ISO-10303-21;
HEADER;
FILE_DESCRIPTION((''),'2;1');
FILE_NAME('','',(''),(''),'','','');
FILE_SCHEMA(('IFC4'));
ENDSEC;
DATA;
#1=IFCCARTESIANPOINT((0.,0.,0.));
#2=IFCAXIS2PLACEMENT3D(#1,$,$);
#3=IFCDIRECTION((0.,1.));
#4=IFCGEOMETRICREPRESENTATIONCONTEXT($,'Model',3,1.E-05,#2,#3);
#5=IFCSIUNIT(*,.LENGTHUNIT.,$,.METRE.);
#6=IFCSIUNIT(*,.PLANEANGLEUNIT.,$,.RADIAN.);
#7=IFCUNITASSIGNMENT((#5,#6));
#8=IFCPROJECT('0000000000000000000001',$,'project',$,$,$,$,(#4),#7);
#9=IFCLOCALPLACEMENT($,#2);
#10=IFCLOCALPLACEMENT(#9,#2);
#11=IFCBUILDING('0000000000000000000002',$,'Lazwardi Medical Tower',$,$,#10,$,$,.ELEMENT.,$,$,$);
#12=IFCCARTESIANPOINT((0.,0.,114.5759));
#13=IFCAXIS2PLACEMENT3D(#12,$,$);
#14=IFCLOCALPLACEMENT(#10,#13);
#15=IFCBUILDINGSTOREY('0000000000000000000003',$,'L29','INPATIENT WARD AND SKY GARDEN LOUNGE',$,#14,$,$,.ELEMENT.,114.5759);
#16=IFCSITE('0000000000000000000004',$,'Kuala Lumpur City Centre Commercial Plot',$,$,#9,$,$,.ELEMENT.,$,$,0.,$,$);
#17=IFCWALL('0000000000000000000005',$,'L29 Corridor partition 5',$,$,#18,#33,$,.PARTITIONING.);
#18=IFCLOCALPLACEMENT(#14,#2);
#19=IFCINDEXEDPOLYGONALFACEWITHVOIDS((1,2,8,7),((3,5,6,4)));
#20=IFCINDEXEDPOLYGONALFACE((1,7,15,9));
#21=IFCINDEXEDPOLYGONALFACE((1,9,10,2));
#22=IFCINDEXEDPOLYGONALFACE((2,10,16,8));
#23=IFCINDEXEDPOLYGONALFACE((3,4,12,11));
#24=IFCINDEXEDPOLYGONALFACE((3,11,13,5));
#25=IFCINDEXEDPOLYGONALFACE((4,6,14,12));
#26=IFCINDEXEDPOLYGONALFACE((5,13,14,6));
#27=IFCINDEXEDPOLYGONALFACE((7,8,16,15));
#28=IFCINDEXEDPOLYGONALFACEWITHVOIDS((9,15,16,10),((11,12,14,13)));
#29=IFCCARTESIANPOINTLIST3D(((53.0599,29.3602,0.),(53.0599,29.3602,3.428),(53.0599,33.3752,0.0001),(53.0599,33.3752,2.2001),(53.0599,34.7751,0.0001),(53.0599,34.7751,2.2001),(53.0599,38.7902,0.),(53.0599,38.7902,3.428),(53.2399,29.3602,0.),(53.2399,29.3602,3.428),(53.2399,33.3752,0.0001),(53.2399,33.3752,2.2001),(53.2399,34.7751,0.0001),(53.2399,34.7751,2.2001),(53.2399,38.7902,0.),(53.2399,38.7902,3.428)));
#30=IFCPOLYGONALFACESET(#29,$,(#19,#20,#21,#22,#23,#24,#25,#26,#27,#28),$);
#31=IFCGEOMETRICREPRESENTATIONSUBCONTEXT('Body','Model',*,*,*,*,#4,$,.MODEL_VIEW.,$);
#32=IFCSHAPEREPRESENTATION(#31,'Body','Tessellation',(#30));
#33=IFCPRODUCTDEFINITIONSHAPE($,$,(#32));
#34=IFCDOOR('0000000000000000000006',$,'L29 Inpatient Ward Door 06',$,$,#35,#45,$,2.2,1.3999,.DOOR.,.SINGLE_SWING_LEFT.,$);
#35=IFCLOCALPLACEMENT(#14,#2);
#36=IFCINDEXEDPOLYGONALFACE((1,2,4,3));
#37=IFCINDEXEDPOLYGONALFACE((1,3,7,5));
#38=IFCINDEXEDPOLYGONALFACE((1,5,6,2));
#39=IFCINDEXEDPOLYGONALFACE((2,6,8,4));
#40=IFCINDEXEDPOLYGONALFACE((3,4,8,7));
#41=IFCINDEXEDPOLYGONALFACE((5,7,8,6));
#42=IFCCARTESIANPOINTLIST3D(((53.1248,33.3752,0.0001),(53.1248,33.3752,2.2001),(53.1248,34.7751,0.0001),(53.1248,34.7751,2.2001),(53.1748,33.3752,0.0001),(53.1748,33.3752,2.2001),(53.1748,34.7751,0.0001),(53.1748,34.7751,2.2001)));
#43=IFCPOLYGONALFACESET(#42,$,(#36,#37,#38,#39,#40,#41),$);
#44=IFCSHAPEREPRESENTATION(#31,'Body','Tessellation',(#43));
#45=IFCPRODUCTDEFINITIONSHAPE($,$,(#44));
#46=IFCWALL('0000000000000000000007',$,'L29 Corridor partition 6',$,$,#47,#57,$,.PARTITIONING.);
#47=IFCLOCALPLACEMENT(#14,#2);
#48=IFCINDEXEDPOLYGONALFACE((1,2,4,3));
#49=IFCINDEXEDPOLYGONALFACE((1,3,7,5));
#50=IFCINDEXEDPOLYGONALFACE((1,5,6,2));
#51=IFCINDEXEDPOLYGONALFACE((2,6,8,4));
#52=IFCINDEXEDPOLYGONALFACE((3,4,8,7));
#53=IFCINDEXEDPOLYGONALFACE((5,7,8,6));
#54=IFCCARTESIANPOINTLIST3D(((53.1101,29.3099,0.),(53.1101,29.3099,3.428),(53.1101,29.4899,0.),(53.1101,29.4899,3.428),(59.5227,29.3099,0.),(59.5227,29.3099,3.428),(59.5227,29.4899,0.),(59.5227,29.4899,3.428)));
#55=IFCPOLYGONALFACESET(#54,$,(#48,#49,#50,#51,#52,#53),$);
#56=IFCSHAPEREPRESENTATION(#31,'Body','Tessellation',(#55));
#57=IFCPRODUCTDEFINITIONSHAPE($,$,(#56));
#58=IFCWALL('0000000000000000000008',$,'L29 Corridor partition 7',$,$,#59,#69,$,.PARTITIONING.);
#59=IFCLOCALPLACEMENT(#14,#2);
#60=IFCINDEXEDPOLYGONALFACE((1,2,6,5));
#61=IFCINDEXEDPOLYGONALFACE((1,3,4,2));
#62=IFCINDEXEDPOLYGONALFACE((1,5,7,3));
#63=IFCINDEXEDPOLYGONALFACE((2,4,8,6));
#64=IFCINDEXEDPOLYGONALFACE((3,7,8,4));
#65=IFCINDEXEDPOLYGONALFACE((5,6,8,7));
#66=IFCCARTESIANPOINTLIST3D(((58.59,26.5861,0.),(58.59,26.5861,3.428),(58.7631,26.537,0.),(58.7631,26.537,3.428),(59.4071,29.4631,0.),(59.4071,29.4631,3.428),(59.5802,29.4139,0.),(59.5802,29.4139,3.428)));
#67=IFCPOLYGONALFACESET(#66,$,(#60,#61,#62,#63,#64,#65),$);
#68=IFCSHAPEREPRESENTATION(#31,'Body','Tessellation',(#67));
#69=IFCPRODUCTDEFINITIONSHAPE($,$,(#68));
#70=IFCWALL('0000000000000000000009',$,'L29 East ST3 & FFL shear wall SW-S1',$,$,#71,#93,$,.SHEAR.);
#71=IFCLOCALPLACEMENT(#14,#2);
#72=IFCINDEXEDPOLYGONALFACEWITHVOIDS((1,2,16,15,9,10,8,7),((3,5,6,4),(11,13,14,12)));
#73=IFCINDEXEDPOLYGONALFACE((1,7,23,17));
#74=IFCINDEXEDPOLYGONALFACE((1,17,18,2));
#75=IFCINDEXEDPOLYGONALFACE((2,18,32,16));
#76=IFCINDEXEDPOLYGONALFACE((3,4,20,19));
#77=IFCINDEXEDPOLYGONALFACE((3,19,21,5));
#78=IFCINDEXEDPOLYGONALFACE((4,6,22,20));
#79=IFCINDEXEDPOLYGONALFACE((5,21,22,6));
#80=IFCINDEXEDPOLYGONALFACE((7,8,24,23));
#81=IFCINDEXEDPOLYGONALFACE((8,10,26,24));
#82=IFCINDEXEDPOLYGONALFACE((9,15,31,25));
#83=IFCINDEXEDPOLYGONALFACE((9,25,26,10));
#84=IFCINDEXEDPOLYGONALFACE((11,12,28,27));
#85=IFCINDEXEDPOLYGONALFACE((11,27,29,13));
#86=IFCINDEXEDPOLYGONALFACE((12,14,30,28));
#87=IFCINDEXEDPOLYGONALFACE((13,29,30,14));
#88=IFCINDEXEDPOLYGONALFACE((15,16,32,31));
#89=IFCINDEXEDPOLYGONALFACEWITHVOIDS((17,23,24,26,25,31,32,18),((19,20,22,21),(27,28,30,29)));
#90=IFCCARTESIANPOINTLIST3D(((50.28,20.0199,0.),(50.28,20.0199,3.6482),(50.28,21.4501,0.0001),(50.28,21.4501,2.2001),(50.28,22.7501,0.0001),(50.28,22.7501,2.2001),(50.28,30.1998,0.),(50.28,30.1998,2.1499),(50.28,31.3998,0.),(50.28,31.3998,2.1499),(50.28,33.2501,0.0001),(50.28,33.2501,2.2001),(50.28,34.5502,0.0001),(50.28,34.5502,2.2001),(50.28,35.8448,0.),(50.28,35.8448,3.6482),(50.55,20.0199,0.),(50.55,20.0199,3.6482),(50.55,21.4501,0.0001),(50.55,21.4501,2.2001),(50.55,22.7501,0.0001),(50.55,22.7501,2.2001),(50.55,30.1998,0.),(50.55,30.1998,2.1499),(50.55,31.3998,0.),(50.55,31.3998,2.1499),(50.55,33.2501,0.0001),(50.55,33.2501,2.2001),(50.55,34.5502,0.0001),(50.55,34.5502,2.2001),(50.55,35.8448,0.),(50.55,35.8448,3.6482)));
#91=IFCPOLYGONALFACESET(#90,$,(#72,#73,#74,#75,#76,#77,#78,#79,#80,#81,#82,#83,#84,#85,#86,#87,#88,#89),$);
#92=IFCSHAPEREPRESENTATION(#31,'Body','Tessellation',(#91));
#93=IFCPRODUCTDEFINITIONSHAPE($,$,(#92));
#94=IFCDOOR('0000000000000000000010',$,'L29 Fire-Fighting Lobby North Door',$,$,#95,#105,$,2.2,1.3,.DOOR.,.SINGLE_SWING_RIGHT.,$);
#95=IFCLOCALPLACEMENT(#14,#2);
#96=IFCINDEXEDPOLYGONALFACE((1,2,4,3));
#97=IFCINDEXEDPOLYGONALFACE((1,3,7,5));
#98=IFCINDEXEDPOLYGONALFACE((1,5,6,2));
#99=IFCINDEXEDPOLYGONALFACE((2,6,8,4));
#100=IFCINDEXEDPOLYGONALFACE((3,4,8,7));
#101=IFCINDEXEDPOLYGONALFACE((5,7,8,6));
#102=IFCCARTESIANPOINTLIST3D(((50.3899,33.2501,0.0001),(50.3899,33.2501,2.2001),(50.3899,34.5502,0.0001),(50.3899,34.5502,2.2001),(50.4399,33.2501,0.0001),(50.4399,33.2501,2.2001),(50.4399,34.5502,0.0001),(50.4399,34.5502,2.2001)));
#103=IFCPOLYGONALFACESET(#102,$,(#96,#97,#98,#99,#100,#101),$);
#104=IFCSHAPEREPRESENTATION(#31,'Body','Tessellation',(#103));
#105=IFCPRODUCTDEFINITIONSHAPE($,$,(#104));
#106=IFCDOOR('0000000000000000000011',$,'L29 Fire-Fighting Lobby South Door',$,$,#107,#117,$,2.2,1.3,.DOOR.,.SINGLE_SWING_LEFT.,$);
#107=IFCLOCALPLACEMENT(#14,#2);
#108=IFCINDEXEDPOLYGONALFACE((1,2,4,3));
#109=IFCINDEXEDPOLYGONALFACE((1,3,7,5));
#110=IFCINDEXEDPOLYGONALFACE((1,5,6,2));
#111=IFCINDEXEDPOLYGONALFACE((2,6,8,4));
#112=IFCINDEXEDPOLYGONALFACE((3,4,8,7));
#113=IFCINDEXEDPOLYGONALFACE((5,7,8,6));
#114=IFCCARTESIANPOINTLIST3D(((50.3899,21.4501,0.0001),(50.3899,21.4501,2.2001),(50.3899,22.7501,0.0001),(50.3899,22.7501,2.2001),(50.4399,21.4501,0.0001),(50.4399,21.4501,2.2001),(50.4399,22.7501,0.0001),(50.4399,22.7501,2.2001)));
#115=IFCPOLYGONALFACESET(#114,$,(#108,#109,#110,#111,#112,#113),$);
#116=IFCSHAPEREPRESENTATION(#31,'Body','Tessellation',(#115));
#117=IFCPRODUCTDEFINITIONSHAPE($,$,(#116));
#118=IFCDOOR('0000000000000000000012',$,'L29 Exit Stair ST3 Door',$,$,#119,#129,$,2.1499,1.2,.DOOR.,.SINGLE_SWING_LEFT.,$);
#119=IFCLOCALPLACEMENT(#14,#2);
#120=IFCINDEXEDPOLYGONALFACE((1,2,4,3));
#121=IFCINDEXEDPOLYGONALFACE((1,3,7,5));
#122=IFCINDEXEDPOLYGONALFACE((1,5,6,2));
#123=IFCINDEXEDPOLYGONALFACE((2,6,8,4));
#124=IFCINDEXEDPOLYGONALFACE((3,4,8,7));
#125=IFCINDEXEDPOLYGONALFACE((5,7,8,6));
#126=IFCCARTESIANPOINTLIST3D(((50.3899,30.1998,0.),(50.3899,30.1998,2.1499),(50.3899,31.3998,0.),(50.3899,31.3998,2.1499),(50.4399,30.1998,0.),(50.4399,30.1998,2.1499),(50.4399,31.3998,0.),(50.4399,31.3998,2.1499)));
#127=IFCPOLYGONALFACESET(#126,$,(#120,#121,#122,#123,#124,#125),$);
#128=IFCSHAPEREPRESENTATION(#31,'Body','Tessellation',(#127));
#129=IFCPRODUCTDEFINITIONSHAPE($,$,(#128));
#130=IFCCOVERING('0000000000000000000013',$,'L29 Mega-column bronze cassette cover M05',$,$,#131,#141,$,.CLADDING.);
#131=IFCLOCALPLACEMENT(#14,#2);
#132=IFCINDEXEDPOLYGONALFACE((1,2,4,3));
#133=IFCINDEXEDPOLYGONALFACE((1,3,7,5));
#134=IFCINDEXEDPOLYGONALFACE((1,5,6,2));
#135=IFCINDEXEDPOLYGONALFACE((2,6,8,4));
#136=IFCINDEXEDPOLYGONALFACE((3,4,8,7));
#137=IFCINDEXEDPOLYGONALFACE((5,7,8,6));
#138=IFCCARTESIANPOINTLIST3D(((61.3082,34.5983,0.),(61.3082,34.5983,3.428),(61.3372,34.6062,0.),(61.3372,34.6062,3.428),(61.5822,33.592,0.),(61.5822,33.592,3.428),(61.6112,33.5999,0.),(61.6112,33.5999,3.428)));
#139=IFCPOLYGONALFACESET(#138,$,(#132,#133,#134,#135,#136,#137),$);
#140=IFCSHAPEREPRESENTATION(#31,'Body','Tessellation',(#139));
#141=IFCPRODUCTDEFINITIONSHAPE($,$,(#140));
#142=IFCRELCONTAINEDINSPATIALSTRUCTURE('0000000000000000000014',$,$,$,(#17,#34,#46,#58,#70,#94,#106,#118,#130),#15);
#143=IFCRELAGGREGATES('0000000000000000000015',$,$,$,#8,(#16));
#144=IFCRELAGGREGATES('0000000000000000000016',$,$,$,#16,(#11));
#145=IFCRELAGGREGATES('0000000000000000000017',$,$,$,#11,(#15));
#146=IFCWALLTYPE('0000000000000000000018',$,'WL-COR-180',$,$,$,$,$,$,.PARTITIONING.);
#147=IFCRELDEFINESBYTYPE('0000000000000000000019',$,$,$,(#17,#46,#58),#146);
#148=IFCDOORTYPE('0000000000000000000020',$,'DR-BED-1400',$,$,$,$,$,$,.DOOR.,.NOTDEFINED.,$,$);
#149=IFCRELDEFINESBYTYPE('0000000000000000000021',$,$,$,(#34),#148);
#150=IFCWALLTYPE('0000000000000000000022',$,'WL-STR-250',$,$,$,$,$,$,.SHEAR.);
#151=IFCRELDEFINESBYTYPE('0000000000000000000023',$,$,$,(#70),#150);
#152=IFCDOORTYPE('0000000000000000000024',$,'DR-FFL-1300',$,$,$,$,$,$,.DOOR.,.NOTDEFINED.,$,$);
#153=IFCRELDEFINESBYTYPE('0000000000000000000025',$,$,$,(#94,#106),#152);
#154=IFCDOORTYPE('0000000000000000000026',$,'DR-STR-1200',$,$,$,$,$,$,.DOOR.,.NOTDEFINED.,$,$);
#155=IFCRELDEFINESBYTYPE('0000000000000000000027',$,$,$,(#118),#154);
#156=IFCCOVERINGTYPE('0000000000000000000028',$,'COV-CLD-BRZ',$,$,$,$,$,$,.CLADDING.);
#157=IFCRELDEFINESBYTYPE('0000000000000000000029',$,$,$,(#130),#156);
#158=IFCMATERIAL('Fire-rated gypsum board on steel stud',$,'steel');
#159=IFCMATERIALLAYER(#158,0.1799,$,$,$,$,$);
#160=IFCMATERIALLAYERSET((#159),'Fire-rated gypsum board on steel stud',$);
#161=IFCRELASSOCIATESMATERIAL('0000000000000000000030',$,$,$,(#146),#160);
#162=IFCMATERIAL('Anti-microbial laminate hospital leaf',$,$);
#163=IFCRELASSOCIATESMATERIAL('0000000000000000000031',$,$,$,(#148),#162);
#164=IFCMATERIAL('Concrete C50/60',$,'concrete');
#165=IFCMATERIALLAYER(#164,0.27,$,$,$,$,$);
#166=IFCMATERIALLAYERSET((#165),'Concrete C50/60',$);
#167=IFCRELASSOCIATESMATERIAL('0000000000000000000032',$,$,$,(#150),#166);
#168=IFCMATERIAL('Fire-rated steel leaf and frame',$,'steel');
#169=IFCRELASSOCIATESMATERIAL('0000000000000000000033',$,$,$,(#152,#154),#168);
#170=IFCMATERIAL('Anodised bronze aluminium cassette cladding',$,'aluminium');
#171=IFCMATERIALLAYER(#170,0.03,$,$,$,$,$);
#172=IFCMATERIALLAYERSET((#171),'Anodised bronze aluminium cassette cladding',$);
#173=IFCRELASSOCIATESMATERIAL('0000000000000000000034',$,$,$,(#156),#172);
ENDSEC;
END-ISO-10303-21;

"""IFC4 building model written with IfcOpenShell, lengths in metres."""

from ifc_helpers import new_model, si_unit, direction, frame, frame_2d, origin, origin_2d, place, context, subcontext, project, spatial, rectangle, extrude, material, layer, layer_set, type_object, element, fill, save


model = new_model("IFC4")

# Units and contexts
model_context = context("Model", 3, precision=1e-05, world=origin(), true_north=direction((0.0, 1.0)))
body_context = subcontext(model_context, "Body", "Model", "MODEL_VIEW")
ifc_project = project(units=[si_unit("LENGTHUNIT", "METRE"), si_unit("PLANEANGLEUNIT", "RADIAN")], contexts=[model_context])

# Site, building, storey
site_placement = place(None, origin())
site = spatial("IfcSite", under=ifc_project, at=site_placement, Name="Kuala Lumpur City Centre Commercial Plot", CompositionType="ELEMENT", RefElevation=0.0)
building_placement = place(site_placement, origin())
building = spatial("IfcBuilding", under=site, at=building_placement, Name="Lazwardi Medical Tower", CompositionType="ELEMENT")
storey_placement = place(building_placement, frame((0.0, 0.0, 114.5759)))
storey = spatial("IfcBuildingStorey", under=building, at=storey_placement, Name="L29", Description="INPATIENT WARD AND SKY GARDEN LOUNGE", CompositionType="ELEMENT", Elevation=114.5759)

# Wall, opening, door
ifc_material_1 = material(Name="Fire-rated gypsum board on steel stud", Category="steel")
ifc_layer_1 = layer(ifc_material_1, 0.1799)
ifc_layer_set_1 = layer_set([ifc_layer_1], Name="Fire-rated gypsum board on steel stud")
wall_type_1 = type_object("IfcWallType", Name="WL-COR-180", PredefinedType="PARTITIONING", material=ifc_layer_set_1)
wall_1_placement = place(storey_placement, frame((53.1499, 38.79, 0.0), z_axis=(0.0, 0.0, 1.0), x_axis=(0.0, -1.0, 0.0)))
wall_1 = element("IfcWall", 1, at=wall_1_placement, inside=storey, type_object=wall_type_1, Name="L29 Corridor partition 5", PredefinedType="PARTITIONING", context=body_context, shape_type="SweptSolid", body=[
    extrude(rectangle(XDim=9.4299, YDim=0.1799, at=frame_2d((4.7148, 0.0))), origin(), (0.0, 0.0, 1.0), 3.428),
])
opening_1_placement = place(wall_1_placement, frame((4.0149, 0.0, 0.0)))
opening_1 = element("IfcOpeningElement", 2, at=opening_1_placement, cuts=wall_1, PredefinedType="OPENING", context=body_context, shape_type="SweptSolid", body=[
    extrude(rectangle(XDim=1.3999, YDim=2.2, at=frame_2d((0.7, 1.1001))), frame((0.0, 0.0999, 0.0), z_axis=(0.0, -1.0, 0.0), x_axis=(1.0, 0.0, 0.0)), (0.0, 0.0, 1.0), 0.2),
])
ifc_material_2 = material(Name="Anti-microbial laminate hospital leaf")
door_type_1 = type_object("IfcDoorType", Name="DR-BED-1400", OperationType="NOTDEFINED", PredefinedType="DOOR", material=ifc_material_2)
door_1_placement = place(opening_1_placement, origin())
door_1 = element("IfcDoor", 3, at=door_1_placement, inside=storey, type_object=door_type_1, Name="L29 Inpatient Ward Door 06", OperationType="SINGLE_SWING_LEFT", OverallHeight=2.2, OverallWidth=1.3999, PredefinedType="DOOR", context=body_context, shape_type="SweptSolid", body=[
    extrude(rectangle(XDim=1.3999, YDim=2.2, at=frame_2d((0.7, 1.1001))), frame((0.0, 0.0249, 0.0), z_axis=(0.0, -1.0, 0.0), x_axis=(1.0, 0.0, 0.0)), (0.0, 0.0, 1.0), 0.05),
])
fill(opening_1, door_1)

# Walls
wall_2_placement = place(storey_placement, frame((53.1101, 29.3999, 0.0), z_axis=(0.0, 0.0, 1.0), x_axis=(1.0, 0.0, 0.0)))
element("IfcWall", 4, at=wall_2_placement, inside=storey, type_object=wall_type_1, Name="L29 Corridor partition 6", PredefinedType="PARTITIONING", context=body_context, shape_type="SweptSolid", body=[
    extrude(rectangle(XDim=6.4126, YDim=0.1799, at=frame_2d((3.2063, 0.0))), origin(), (0.0, 0.0, 1.0), 3.428),
])
wall_3_placement = place(storey_placement, frame((59.4937, 29.4385, 0.0), z_axis=(0.0, 0.0, 1.0), x_axis=(-0.273222, -0.961951, 0.0)))
element("IfcWall", 5, at=wall_3_placement, inside=storey, type_object=wall_type_1, Name="L29 Corridor partition 7", PredefinedType="PARTITIONING", context=body_context, shape_type="SweptSolid", body=[
    extrude(rectangle(XDim=2.9907, YDim=0.1799, at=frame_2d((1.4954, 0.0))), origin(), (0.0, 0.0, 1.0), 3.428),
])

# Wall, openings, doors
ifc_material_3 = material(Name="Concrete C50/60", Category="concrete")
ifc_layer_2 = layer(ifc_material_3, 0.27)
ifc_layer_set_2 = layer_set([ifc_layer_2], Name="Concrete C50/60")
wall_type_2 = type_object("IfcWallType", Name="WL-STR-250", PredefinedType="SHEAR", material=ifc_layer_set_2)
wall_4_placement = place(storey_placement, frame((50.415, 35.845, 0.0), z_axis=(0.0, 0.0, 1.0), x_axis=(0.0, -1.0, 0.0)))
wall_4 = element("IfcWall", 6, at=wall_4_placement, inside=storey, type_object=wall_type_2, Name="L29 East ST3 & FFL shear wall SW-S1", PredefinedType="SHEAR", context=body_context, shape_type="SweptSolid", body=[
    extrude(rectangle(XDim=15.825, YDim=0.27, at=frame_2d((7.9126, 0.0))), origin(), (0.0, 0.0, 1.0), 3.6482),
])
opening_2_placement = place(wall_4_placement, frame((4.4451, 0.0, 0.0)))
opening_2 = element("IfcOpeningElement", 7, at=opening_2_placement, cuts=wall_4, PredefinedType="OPENING", context=body_context, shape_type="SweptSolid", body=[
    extrude(rectangle(XDim=1.2, YDim=2.1499, at=frame_2d((0.6001, 1.075))), frame((0.0, 0.145, 0.0), z_axis=(0.0, -1.0, 0.0), x_axis=(1.0, 0.0, 0.0)), (0.0, 0.0, 1.0), 0.29),
])
opening_3_placement = place(wall_4_placement, frame((1.2949, 0.0, 0.0)))
opening_3 = element("IfcOpeningElement", 8, at=opening_3_placement, cuts=wall_4, PredefinedType="OPENING", context=body_context, shape_type="SweptSolid", body=[
    extrude(rectangle(XDim=1.3, YDim=2.2, at=frame_2d((0.6499, 1.1001))), frame((0.0, 0.145, 0.0), z_axis=(0.0, -1.0, 0.0), x_axis=(1.0, 0.0, 0.0)), (0.0, 0.0, 1.0), 0.29),
])
opening_4_placement = place(wall_4_placement, frame((13.095, 0.0, 0.0)))
opening_4 = element("IfcOpeningElement", 9, at=opening_4_placement, cuts=wall_4, PredefinedType="OPENING", context=body_context, shape_type="SweptSolid", body=[
    extrude(rectangle(XDim=1.3, YDim=2.2, at=frame_2d((0.6499, 1.1001))), frame((0.0, 0.145, 0.0), z_axis=(0.0, -1.0, 0.0), x_axis=(1.0, 0.0, 0.0)), (0.0, 0.0, 1.0), 0.29),
])
ifc_material_4 = material(Name="Fire-rated steel leaf and frame", Category="steel")
door_type_2 = type_object("IfcDoorType", Name="DR-FFL-1300", OperationType="NOTDEFINED", PredefinedType="DOOR", material=ifc_material_4)
door_2_placement = place(opening_3_placement, origin())
door_2 = element("IfcDoor", 10, at=door_2_placement, inside=storey, type_object=door_type_2, Name="L29 Fire-Fighting Lobby North Door", OperationType="SINGLE_SWING_RIGHT", OverallHeight=2.2, OverallWidth=1.3, PredefinedType="DOOR", context=body_context, shape_type="SweptSolid", body=[
    extrude(rectangle(XDim=1.3, YDim=2.2, at=frame_2d((0.6499, 1.1001))), frame((0.0, 0.0249, 0.0), z_axis=(0.0, -1.0, 0.0), x_axis=(1.0, 0.0, 0.0)), (0.0, 0.0, 1.0), 0.05),
])
fill(opening_3, door_2)
door_3_placement = place(opening_4_placement, origin())
door_3 = element("IfcDoor", 11, at=door_3_placement, inside=storey, type_object=door_type_2, Name="L29 Fire-Fighting Lobby South Door", OperationType="SINGLE_SWING_LEFT", OverallHeight=2.2, OverallWidth=1.3, PredefinedType="DOOR", context=body_context, shape_type="SweptSolid", body=[
    extrude(rectangle(XDim=1.3, YDim=2.2, at=frame_2d((0.6499, 1.1001))), frame((0.0, 0.0249, 0.0), z_axis=(0.0, -1.0, 0.0), x_axis=(1.0, 0.0, 0.0)), (0.0, 0.0, 1.0), 0.05),
])
fill(opening_4, door_3)
door_type_3 = type_object("IfcDoorType", Name="DR-STR-1200", OperationType="NOTDEFINED", PredefinedType="DOOR", material=ifc_material_4)
door_4_placement = place(opening_2_placement, origin())
door_4 = element("IfcDoor", 12, at=door_4_placement, inside=storey, type_object=door_type_3, Name="L29 Exit Stair ST3 Door", OperationType="SINGLE_SWING_LEFT", OverallHeight=2.1499, OverallWidth=1.2, PredefinedType="DOOR", context=body_context, shape_type="SweptSolid", body=[
    extrude(rectangle(XDim=1.2, YDim=2.1499, at=frame_2d((0.6001, 1.075))), frame((0.0, 0.0249, 0.0), z_axis=(0.0, -1.0, 0.0), x_axis=(1.0, 0.0, 0.0)), (0.0, 0.0, 1.0), 0.05),
])
fill(opening_2, door_4)

# Covering
ifc_material_5 = material(Name="Anodised bronze aluminium cassette cladding", Category="aluminium")
ifc_layer_3 = layer(ifc_material_5, 0.03)
ifc_layer_set_3 = layer_set([ifc_layer_3], Name="Anodised bronze aluminium cassette cladding")
covering_type = type_object("IfcCoveringType", Name="COV-CLD-BRZ", PredefinedType="CLADDING", material=ifc_layer_set_3)
covering_placement = place(storey_placement, frame((61.4597, 34.0991, 0.0), z_axis=(0.0, 0.0, 1.0), x_axis=(-0.262696, 0.964879, 0.0)))
element("IfcCovering", 13, at=covering_placement, inside=storey, type_object=covering_type, Name="L29 Mega-column bronze cassette cover M05", PredefinedType="CLADDING", context=body_context, shape_type="SweptSolid", body=[
    extrude(rectangle(XDim=1.043, YDim=0.03, at=origin_2d()), origin(), (0.0, 0.0, 1.0), 3.428),
])

save(model, "model.ifc")
